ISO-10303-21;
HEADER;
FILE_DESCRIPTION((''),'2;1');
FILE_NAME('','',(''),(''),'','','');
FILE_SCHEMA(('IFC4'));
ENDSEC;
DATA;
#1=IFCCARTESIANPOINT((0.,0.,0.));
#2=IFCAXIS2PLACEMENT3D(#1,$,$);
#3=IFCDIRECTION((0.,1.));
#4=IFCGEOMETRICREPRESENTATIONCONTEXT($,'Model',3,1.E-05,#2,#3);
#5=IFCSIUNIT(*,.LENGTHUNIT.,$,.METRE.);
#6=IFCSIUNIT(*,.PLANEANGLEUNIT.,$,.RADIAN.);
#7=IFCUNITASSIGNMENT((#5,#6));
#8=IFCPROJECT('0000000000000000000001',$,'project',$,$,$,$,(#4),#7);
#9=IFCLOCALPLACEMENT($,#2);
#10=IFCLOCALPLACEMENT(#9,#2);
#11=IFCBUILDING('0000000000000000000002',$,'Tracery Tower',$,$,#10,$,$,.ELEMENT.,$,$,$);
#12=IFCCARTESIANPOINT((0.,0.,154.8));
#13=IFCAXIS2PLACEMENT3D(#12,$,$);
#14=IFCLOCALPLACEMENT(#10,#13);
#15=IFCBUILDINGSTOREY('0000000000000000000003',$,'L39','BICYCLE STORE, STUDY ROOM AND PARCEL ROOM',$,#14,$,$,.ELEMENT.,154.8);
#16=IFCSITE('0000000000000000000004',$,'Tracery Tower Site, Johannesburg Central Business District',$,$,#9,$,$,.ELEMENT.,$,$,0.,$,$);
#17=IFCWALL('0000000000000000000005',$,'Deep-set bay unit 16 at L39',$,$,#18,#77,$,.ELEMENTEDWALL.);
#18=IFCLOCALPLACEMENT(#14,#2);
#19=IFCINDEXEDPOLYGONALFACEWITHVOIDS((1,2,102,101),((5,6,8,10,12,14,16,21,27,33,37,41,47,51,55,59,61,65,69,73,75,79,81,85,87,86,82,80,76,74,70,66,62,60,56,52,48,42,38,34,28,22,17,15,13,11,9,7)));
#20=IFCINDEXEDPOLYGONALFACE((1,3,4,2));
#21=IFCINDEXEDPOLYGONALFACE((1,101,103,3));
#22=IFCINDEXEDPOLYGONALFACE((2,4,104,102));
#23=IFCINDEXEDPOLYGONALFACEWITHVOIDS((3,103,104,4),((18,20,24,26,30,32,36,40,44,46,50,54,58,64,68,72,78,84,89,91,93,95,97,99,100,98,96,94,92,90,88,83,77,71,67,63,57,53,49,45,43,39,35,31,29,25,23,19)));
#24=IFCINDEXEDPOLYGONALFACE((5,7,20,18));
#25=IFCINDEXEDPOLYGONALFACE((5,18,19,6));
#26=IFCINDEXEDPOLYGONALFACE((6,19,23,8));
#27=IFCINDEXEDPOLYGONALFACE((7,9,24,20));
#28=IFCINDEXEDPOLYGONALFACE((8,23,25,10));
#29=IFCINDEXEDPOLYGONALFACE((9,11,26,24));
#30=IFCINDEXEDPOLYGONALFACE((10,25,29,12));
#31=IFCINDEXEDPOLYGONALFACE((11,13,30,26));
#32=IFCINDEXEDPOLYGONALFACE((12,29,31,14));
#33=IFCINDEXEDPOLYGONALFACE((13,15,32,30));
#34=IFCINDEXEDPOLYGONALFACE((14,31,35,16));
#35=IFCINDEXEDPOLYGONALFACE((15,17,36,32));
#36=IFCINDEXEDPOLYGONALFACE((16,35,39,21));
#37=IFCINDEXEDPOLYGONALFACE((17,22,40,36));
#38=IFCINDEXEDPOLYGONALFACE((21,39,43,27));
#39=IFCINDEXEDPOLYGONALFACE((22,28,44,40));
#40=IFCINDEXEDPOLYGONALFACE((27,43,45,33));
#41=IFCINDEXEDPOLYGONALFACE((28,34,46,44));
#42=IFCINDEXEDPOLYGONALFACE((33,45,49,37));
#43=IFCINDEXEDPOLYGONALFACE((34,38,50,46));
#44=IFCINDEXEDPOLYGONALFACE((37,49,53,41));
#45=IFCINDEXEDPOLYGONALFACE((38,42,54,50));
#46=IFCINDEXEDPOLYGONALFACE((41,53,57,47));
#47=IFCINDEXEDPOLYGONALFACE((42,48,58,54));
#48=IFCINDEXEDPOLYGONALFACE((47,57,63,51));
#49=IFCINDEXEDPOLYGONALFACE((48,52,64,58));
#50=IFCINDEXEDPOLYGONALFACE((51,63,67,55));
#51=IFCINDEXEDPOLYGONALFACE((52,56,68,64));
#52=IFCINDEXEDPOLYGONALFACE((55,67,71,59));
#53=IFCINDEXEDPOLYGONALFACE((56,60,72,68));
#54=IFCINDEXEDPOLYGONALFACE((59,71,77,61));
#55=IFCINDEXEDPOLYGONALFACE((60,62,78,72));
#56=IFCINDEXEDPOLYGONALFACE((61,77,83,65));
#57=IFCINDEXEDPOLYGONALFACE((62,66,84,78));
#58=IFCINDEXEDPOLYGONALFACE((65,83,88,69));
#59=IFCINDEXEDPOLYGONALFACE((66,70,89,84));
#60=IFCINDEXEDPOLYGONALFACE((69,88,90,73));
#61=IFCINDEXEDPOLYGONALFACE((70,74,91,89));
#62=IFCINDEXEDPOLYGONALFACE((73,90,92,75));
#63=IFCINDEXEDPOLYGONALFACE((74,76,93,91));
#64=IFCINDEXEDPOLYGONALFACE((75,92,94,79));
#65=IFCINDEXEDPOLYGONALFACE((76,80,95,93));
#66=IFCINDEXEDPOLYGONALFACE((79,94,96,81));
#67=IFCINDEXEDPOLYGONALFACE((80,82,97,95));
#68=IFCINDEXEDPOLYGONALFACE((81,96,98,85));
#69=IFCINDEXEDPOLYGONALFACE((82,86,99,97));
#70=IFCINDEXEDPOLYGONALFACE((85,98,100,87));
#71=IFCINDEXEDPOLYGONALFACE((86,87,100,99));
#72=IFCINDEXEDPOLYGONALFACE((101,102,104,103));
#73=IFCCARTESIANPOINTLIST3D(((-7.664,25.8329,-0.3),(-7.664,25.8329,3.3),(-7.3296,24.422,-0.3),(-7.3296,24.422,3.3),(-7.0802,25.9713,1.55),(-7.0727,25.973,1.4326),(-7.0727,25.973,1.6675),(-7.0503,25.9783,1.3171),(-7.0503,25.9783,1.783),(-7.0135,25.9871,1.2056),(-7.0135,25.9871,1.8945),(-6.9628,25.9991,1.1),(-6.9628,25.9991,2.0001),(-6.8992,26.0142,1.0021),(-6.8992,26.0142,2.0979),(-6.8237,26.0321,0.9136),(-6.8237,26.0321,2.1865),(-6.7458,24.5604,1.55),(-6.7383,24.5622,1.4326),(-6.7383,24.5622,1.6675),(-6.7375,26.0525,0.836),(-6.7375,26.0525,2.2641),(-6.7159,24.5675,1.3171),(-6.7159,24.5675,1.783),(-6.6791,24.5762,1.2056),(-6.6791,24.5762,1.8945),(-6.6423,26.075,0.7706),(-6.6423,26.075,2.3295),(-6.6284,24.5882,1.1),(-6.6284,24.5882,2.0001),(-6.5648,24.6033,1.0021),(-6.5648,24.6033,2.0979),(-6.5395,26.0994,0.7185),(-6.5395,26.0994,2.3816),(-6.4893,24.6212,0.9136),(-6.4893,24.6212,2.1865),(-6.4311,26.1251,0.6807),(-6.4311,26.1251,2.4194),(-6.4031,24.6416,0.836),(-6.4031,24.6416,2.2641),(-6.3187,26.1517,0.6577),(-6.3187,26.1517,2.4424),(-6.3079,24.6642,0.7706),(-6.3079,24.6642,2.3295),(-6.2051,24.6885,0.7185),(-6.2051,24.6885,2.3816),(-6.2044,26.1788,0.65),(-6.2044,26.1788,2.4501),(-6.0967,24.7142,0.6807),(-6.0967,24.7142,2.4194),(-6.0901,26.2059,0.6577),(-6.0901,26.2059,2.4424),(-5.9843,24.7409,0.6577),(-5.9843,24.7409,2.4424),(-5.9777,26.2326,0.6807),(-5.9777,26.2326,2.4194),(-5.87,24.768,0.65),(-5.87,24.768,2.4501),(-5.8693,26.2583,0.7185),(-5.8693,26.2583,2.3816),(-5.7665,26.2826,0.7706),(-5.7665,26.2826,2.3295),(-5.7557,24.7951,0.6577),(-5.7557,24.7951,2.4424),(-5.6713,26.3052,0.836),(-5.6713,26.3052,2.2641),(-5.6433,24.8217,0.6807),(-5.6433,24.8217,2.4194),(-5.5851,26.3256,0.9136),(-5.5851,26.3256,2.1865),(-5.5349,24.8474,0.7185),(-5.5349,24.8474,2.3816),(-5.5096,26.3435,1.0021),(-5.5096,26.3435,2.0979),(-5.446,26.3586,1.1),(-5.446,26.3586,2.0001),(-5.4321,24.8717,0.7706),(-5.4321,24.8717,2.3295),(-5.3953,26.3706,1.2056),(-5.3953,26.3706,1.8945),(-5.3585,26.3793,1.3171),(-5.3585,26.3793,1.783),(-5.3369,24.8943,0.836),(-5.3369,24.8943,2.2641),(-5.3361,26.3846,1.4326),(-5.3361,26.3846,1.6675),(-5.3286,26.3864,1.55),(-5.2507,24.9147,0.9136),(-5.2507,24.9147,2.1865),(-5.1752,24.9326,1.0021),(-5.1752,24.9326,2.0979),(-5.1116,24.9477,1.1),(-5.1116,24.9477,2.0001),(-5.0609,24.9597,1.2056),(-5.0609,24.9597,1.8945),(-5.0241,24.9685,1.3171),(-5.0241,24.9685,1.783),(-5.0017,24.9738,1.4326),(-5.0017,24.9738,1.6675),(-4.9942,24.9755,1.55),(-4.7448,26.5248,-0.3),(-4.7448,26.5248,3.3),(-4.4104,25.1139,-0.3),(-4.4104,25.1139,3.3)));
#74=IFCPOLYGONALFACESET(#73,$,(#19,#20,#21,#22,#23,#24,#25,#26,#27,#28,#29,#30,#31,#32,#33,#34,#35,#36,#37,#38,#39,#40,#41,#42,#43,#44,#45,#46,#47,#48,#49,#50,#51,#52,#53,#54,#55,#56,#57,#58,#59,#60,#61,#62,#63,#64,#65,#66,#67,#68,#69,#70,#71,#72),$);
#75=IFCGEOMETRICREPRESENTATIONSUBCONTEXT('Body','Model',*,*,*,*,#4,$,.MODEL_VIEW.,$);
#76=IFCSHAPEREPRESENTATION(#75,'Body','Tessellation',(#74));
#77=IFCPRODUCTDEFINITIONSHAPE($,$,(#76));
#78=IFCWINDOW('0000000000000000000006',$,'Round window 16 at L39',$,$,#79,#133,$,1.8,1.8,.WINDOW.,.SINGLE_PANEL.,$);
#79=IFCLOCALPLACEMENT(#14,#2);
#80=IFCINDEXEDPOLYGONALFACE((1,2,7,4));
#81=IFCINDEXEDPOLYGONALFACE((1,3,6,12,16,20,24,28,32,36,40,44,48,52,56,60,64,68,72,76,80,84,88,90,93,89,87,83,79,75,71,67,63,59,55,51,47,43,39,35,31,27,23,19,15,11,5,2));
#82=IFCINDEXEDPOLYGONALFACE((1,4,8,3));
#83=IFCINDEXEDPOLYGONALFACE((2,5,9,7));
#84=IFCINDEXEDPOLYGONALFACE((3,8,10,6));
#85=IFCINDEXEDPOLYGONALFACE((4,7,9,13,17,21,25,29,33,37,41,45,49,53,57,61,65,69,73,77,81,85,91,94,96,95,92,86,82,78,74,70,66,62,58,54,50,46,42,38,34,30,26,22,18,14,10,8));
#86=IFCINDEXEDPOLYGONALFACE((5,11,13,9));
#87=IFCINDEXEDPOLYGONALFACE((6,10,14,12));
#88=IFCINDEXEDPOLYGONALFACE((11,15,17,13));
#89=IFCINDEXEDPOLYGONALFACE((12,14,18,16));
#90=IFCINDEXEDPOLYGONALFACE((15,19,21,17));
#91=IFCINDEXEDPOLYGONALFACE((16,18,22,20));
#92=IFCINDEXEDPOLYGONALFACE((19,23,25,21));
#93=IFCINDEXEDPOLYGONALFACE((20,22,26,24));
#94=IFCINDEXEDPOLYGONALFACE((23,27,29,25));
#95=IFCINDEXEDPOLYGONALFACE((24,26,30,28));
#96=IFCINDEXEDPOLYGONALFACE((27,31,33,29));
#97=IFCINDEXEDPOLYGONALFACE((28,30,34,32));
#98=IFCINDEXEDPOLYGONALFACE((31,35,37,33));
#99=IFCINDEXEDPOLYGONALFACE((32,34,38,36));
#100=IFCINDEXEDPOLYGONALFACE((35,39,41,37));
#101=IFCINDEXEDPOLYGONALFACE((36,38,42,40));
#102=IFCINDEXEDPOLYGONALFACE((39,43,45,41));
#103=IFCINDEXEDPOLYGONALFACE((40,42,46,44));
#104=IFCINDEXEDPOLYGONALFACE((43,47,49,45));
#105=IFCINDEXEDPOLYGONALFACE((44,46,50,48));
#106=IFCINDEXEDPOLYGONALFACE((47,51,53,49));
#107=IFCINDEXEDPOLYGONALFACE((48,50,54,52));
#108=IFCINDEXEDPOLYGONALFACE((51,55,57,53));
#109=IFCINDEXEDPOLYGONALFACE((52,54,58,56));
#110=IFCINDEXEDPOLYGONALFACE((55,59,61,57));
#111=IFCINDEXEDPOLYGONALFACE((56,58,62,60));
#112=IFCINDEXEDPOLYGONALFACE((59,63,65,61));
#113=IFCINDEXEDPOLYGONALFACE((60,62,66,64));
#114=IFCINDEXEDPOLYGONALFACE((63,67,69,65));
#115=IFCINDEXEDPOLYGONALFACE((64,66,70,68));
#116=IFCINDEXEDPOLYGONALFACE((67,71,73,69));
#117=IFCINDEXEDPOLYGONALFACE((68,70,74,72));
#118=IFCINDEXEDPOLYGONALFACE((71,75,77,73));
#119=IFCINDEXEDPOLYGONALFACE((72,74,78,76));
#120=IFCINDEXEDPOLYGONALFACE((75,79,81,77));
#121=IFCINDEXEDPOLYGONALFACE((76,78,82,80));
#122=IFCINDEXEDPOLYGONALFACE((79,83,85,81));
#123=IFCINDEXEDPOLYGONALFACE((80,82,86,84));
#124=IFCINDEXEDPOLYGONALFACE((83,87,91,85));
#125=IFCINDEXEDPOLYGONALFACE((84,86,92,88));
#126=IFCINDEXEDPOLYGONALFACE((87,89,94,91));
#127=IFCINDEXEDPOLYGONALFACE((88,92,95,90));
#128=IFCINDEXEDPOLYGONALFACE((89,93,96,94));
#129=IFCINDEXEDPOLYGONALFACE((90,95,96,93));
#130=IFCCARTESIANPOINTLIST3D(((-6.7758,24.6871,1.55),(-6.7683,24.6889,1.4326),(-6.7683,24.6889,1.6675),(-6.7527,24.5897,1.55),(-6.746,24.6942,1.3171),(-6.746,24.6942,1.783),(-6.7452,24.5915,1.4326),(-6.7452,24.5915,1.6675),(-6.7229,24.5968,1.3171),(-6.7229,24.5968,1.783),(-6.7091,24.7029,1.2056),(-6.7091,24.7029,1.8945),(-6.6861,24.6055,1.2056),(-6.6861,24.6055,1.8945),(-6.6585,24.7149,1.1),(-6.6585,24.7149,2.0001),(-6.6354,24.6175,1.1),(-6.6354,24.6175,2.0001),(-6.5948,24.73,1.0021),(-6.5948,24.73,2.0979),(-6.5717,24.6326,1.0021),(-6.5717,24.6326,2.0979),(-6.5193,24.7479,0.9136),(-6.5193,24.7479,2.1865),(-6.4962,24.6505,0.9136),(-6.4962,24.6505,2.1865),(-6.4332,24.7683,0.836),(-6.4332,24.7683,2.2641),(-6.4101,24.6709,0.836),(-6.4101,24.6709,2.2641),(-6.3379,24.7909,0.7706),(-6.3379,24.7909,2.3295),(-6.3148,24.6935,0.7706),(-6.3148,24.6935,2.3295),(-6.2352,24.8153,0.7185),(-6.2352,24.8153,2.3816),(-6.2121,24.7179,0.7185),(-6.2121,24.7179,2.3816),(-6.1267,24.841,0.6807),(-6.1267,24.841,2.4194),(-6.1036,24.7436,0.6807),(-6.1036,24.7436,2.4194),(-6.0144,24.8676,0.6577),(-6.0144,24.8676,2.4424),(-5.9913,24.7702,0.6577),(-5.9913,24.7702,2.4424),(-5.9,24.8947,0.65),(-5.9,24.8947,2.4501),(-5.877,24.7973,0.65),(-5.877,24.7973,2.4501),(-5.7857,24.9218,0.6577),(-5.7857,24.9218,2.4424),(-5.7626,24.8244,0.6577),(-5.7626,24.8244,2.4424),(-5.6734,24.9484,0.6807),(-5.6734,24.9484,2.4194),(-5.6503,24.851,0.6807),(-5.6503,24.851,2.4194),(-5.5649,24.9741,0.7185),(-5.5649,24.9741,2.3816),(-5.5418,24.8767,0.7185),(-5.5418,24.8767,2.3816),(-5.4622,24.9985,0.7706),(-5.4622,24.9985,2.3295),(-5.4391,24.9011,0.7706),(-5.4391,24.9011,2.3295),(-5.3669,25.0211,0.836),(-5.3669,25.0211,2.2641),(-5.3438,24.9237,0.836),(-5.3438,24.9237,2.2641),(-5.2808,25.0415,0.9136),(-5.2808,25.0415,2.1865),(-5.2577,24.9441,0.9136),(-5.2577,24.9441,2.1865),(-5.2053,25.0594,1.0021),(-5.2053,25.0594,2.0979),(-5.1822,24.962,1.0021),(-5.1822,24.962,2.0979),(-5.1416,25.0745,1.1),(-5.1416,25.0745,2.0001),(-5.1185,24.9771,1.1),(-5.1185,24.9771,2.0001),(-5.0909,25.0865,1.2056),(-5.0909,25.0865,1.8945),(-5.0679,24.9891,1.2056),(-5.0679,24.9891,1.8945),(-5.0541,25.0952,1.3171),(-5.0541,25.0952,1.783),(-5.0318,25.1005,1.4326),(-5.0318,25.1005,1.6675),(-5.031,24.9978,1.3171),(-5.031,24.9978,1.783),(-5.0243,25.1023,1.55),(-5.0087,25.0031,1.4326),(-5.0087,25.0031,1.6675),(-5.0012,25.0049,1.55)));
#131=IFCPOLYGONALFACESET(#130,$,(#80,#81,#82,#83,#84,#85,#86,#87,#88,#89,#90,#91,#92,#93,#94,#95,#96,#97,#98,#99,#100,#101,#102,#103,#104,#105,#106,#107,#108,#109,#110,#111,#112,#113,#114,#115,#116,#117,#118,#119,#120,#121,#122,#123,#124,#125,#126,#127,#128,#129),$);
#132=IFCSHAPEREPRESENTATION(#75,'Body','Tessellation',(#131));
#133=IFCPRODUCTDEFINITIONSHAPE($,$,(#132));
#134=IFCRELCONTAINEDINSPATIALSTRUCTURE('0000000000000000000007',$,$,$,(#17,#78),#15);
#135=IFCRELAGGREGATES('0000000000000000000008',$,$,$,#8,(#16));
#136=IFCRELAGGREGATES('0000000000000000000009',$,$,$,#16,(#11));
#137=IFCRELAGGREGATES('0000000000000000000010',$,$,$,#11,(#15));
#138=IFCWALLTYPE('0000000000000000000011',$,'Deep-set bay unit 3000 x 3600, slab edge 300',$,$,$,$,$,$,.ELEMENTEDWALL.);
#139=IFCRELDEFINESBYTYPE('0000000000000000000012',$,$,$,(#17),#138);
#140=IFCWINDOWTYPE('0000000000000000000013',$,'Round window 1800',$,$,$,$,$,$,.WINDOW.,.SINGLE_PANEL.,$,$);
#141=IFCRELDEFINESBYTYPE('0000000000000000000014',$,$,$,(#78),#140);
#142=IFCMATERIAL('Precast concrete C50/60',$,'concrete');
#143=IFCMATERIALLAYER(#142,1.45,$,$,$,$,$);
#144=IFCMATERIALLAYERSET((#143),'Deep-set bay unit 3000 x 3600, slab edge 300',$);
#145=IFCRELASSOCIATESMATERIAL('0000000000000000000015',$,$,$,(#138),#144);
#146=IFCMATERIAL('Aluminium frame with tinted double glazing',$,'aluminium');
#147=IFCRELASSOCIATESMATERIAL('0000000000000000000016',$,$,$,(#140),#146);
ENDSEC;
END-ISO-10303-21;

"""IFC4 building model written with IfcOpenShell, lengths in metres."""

from ifc_helpers import new_model, si_unit, direction, frame, frame_2d, origin, origin_2d, place, context, subcontext, project, spatial, rectangle, circle, extrude, material, layer, layer_set, type_object, element, fill, save


model = new_model("IFC4")

# Units and contexts
model_context = context("Model", 3, precision=1e-05, world=origin(), true_north=direction((0.0, 1.0)))
body_context = subcontext(model_context, "Body", "Model", "MODEL_VIEW")
ifc_project = project(units=[si_unit("LENGTHUNIT", "METRE"), si_unit("PLANEANGLEUNIT", "RADIAN")], contexts=[model_context])

# Site, building, storey
site_placement = place(None, origin())
site = spatial("IfcSite", under=ifc_project, at=site_placement, Name="Tracery Tower Site, Johannesburg Central Business District", CompositionType="ELEMENT", RefElevation=0.0)
building_placement = place(site_placement, origin())
building = spatial("IfcBuilding", under=site, at=building_placement, Name="Tracery Tower", CompositionType="ELEMENT")
storey_placement = place(building_placement, frame((0.0, 0.0, 154.8)))
storey = spatial("IfcBuildingStorey", under=building, at=storey_placement, Name="L39", Description="BICYCLE STORE, STUDY ROOM AND PARCEL ROOM", CompositionType="ELEMENT", Elevation=154.8)

# Wall, opening, window
ifc_material_1 = material(Name="Precast concrete C50/60", Category="concrete")
ifc_layer_1 = layer(ifc_material_1, 1.45)
ifc_layer_set_1 = layer_set([ifc_layer_1], Name="Deep-set bay unit 3000 x 3600, slab edge 300")
wall_type_1 = type_object("IfcWallType", Name="Deep-set bay unit 3000 x 3600, slab edge 300", PredefinedType="ELEMENTEDWALL", material=ifc_layer_set_1)
wall_1_placement = place(storey_placement, frame((-4.5776, 25.8193, -0.3), z_axis=(0.0, 0.0, 1.0), x_axis=(-0.973042, -0.230627, 0.0)))
wall_1 = element("IfcWall", 1, at=wall_1_placement, inside=storey, type_object=wall_type_1, Name="Deep-set bay unit 16 at L39", PredefinedType="ELEMENTEDWALL", context=body_context, shape_type="SweptSolid", body=[
    extrude(rectangle(XDim=3.0, YDim=1.45, at=frame_2d((1.5, 0.0))), origin(), (0.0, 0.0, 1.0), 3.6001),
])
opening_1_placement = place(wall_1_placement, frame((1.5, 0.0, 1.8501)))
opening_1 = element("IfcOpeningElement", 2, at=opening_1_placement, cuts=wall_1, PredefinedType="OPENING", context=body_context, shape_type="SweptSolid", body=[
    extrude(circle(Radius=0.9, at=origin_2d()), frame((0.0, 0.7349, 0.0), z_axis=(0.0, -1.0, 0.0), x_axis=(1.0, 0.0, 0.0)), (0.0, 0.0, 1.0), 1.47),
])
ifc_material_2 = material(Name="Aluminium frame with tinted double glazing", Category="aluminium")
window_type = type_object("IfcWindowType", Name="Round window 1800", PartitioningType="SINGLE_PANEL", PredefinedType="WINDOW", material=ifc_material_2)
window_1_placement = place(opening_1_placement, origin())
window_1 = element("IfcWindow", 3, at=window_1_placement, inside=storey, type_object=window_type, Name="Round window 16 at L39", OverallHeight=1.8, OverallWidth=1.8, PartitioningType="SINGLE_PANEL", PredefinedType="WINDOW", context=body_context, shape_type="SweptSolid", body=[
    extrude(circle(Radius=0.9, at=origin_2d()), frame((0.0, 0.6948, 0.0), z_axis=(0.0, -1.0, 0.0), x_axis=(1.0, 0.0, 0.0)), (0.0, 0.0, 1.0), 0.1001),
])
fill(opening_1, window_1)

save(model, "model.ifc")
